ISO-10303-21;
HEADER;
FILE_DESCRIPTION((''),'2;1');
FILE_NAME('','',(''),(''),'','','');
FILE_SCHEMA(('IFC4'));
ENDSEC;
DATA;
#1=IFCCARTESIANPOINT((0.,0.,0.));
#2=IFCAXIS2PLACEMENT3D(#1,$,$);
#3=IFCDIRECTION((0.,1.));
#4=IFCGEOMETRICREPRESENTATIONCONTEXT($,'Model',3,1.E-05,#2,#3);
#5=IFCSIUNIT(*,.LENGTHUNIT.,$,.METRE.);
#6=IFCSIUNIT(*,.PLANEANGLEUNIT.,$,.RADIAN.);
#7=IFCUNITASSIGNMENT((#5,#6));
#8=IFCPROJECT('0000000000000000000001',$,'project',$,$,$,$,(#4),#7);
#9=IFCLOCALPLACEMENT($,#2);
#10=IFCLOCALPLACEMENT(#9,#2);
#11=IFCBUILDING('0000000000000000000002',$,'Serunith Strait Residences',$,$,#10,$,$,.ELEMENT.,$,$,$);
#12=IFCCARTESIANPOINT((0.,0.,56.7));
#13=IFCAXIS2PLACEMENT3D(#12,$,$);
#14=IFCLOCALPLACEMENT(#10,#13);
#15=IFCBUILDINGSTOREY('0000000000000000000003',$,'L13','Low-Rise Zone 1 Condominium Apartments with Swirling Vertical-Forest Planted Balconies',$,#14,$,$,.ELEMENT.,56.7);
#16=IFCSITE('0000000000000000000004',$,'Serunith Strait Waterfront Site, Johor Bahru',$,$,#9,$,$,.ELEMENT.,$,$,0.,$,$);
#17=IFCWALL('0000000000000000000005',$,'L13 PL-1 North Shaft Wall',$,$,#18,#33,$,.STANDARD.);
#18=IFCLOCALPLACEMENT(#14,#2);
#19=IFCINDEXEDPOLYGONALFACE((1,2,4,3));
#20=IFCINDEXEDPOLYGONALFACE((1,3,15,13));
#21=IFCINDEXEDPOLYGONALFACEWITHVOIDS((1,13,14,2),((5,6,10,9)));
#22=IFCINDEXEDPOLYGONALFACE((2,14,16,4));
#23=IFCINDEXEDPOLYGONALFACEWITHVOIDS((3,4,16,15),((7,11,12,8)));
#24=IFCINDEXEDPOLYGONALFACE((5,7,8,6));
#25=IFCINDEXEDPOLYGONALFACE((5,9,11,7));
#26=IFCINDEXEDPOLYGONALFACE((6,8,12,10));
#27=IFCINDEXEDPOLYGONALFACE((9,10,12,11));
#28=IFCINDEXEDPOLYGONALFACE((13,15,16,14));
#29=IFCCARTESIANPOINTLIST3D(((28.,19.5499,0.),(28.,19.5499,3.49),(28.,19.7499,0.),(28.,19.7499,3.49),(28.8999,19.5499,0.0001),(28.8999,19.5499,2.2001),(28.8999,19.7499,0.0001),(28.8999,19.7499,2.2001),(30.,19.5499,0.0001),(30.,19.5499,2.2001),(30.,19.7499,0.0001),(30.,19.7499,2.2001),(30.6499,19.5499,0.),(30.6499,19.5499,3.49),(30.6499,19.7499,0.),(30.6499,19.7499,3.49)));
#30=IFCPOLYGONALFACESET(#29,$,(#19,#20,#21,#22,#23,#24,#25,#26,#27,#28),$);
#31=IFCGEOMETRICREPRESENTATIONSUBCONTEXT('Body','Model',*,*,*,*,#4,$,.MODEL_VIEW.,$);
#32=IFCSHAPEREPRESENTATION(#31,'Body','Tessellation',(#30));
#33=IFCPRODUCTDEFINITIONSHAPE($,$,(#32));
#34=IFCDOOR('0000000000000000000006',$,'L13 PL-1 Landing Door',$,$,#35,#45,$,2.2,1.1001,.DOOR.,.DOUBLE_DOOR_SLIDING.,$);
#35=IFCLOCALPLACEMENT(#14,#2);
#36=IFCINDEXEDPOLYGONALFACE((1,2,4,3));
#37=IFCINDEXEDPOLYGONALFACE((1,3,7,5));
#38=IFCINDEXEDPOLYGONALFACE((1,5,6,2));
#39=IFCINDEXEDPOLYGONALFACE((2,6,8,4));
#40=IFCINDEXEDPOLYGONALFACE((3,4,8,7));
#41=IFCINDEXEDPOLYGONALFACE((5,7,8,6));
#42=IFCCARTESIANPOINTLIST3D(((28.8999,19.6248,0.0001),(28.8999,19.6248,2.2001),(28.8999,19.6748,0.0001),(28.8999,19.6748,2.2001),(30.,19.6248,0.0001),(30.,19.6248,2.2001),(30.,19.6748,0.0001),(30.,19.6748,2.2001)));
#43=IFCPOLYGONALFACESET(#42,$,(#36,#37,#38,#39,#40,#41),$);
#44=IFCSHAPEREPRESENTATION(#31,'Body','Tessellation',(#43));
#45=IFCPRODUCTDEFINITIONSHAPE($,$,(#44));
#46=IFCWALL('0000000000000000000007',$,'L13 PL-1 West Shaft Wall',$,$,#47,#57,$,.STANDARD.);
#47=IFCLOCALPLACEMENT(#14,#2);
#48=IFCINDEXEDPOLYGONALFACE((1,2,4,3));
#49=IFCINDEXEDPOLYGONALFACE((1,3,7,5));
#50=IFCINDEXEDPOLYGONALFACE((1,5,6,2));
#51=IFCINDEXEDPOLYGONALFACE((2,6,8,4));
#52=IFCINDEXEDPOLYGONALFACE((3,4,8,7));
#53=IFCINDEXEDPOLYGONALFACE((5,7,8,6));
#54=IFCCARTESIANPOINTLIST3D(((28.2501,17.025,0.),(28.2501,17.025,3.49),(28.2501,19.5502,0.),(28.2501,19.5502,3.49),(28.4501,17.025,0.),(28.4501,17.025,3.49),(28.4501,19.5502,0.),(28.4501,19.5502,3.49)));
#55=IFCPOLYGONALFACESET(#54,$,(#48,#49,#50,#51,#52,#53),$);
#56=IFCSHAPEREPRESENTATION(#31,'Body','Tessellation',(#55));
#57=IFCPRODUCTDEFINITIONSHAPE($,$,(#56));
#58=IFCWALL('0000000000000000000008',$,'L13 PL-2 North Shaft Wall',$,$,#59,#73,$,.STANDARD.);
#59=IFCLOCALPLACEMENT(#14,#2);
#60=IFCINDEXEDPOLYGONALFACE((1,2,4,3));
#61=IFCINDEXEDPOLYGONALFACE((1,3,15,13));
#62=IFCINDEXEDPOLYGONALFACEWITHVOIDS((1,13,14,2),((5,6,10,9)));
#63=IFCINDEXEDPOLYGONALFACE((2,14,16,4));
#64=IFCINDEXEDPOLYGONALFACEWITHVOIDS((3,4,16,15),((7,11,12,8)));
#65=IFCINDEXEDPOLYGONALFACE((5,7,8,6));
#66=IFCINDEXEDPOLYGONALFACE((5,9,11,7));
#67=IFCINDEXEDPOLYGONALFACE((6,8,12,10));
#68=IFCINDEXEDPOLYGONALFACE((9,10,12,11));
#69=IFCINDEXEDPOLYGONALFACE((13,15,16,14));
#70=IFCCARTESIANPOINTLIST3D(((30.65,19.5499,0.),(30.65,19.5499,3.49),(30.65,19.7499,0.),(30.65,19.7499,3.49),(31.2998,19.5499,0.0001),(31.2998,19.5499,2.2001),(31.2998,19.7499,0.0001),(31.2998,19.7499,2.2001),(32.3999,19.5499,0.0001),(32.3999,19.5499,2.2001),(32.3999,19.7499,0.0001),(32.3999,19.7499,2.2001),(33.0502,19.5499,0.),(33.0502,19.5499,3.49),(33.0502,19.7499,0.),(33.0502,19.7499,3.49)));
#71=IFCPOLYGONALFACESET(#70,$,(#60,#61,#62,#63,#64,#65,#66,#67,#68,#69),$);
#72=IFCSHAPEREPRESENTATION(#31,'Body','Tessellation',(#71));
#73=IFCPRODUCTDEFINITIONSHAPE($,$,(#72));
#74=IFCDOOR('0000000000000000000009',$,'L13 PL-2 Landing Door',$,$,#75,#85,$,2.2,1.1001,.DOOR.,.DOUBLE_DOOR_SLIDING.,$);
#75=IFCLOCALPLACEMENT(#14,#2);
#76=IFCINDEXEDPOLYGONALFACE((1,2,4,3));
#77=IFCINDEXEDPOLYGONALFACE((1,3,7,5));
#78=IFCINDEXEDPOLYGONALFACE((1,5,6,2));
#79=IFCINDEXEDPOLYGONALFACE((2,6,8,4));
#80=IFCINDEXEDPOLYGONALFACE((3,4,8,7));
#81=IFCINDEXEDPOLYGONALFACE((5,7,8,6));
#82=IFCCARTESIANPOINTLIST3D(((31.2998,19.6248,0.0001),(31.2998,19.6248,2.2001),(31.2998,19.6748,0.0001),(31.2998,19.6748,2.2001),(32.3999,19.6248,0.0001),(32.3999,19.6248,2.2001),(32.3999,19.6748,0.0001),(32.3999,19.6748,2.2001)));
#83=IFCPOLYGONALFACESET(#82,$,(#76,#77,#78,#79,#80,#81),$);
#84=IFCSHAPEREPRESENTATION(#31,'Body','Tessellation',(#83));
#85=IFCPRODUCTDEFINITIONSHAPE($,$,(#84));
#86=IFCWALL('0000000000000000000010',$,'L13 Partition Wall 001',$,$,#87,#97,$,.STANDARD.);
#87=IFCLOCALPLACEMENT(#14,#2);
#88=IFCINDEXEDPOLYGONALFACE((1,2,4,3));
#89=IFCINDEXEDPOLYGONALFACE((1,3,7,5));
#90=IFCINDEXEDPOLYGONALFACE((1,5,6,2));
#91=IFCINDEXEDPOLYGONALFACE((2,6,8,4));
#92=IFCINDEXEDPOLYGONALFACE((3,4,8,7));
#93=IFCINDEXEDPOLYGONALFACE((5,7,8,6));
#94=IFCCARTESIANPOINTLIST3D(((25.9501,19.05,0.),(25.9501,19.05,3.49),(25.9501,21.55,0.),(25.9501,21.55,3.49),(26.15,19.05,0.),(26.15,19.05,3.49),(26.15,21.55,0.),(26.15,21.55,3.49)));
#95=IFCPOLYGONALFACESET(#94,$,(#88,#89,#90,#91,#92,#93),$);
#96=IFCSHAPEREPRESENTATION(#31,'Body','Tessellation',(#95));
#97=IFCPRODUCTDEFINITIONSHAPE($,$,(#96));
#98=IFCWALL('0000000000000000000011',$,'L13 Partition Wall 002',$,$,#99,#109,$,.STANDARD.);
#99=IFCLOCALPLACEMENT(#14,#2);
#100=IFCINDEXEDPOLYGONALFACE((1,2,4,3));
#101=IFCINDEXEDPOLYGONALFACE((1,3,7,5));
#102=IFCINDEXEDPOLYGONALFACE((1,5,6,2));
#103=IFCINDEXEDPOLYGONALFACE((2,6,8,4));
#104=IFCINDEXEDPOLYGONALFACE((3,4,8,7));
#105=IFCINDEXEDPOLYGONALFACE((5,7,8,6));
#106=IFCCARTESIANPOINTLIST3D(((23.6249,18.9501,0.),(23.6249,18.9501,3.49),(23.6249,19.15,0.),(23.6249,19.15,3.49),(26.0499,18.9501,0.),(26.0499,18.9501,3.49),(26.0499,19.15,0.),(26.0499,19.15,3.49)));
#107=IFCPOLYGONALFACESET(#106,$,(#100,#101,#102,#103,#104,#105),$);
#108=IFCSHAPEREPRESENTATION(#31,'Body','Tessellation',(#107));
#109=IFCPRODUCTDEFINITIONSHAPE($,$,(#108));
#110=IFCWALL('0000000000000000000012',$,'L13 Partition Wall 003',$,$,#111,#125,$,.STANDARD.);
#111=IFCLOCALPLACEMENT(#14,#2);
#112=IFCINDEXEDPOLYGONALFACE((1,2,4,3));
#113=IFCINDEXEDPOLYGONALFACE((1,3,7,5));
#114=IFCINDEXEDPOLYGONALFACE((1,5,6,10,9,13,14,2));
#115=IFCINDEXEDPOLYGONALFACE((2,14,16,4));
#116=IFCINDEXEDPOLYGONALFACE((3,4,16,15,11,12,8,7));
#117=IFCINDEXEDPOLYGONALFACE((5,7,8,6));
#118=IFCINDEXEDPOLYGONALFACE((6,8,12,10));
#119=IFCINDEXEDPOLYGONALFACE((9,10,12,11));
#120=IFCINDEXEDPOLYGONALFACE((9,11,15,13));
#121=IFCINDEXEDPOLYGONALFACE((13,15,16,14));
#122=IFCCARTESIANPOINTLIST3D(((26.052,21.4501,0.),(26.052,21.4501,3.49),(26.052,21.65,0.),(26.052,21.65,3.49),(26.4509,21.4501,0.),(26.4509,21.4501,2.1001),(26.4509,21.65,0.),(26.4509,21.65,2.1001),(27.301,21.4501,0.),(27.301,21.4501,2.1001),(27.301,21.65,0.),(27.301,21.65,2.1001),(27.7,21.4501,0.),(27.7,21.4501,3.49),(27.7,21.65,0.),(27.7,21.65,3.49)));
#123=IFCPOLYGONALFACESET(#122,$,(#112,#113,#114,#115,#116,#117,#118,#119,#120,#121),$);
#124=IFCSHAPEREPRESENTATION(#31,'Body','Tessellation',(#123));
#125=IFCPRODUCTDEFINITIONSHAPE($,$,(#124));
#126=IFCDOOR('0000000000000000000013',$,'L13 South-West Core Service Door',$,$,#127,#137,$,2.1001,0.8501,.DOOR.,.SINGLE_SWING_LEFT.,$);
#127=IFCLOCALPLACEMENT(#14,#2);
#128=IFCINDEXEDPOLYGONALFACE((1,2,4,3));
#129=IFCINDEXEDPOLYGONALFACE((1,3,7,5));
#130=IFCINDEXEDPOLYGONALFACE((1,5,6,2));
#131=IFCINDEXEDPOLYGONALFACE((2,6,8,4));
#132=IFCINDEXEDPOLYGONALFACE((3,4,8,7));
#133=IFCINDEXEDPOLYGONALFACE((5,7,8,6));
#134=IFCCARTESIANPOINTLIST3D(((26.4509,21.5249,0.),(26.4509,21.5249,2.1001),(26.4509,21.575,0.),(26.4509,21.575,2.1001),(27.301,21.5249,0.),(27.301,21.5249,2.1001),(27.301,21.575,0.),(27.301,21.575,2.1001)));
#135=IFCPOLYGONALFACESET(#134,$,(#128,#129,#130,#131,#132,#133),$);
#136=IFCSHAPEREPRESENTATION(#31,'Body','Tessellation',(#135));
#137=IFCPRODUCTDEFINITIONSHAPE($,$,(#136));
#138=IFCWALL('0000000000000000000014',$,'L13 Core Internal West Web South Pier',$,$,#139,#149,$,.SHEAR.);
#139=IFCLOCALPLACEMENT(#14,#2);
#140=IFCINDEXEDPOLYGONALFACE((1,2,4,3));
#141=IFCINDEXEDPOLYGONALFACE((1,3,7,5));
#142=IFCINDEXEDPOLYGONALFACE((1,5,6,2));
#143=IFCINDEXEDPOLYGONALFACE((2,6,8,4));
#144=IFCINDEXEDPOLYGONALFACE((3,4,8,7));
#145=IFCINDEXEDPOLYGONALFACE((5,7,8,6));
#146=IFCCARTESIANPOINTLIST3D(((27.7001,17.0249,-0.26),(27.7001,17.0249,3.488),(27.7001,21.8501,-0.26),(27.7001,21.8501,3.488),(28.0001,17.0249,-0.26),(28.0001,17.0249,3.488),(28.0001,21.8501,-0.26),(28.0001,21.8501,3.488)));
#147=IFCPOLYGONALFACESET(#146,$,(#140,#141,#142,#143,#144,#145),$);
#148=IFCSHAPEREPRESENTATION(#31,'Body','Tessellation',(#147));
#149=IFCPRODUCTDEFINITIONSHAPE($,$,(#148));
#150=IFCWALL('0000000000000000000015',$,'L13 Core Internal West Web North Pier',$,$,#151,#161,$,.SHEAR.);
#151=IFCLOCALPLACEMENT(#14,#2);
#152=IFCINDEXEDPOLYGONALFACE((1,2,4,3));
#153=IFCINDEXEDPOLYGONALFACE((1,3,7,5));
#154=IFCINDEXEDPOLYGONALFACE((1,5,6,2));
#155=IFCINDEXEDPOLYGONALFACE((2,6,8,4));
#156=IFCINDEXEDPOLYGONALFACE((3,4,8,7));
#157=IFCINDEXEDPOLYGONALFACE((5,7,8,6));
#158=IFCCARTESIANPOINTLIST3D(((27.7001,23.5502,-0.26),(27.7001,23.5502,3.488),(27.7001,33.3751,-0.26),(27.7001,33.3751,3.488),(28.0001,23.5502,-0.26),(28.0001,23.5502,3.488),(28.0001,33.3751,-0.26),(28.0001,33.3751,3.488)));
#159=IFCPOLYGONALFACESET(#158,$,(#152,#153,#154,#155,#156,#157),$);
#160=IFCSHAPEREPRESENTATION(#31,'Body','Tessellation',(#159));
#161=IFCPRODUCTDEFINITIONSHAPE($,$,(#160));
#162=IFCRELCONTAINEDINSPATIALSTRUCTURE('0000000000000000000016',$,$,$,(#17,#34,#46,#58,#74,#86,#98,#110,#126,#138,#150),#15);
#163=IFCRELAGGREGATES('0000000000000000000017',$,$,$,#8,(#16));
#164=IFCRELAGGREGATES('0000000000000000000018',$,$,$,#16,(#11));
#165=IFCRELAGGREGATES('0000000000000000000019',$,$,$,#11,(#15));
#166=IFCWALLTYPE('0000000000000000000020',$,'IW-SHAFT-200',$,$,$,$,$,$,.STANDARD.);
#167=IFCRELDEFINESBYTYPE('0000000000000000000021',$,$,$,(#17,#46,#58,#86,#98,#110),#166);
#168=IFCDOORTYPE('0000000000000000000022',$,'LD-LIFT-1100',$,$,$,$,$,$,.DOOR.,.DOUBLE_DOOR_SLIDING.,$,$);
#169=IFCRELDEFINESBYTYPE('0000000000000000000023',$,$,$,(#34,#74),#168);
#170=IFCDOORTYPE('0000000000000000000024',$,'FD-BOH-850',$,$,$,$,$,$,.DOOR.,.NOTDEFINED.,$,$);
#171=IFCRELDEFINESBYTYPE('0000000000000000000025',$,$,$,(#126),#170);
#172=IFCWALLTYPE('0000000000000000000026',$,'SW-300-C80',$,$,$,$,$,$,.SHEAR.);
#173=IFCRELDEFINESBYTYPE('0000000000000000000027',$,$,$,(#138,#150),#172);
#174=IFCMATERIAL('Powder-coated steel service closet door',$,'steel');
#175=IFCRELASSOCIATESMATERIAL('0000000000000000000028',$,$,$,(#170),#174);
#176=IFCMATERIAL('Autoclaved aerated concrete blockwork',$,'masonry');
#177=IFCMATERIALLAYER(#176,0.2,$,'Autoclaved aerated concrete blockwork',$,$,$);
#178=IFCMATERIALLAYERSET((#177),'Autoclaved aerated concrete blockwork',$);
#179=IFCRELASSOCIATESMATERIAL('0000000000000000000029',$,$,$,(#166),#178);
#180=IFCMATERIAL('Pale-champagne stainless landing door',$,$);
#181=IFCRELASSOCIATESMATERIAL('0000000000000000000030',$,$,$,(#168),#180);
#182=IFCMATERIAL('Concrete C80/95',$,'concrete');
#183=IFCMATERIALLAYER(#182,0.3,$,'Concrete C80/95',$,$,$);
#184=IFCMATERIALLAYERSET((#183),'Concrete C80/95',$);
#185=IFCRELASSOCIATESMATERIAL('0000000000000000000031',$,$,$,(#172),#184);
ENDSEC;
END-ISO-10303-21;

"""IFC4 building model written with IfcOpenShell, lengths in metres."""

from ifc_helpers import new_model, si_unit, direction, frame, frame_2d, origin, place, context, subcontext, project, spatial, rectangle, extrude, source, transform, mapped, material, layer, layer_set, type_object, element, fill, save


model = new_model("IFC4")

# Units and contexts
model_context = context("Model", 3, precision=1e-05, world=origin(), true_north=direction((0.0, 1.0)))
body_context = subcontext(model_context, "Body", "Model", "MODEL_VIEW")
ifc_project = project(units=[si_unit("LENGTHUNIT", "METRE"), si_unit("PLANEANGLEUNIT", "RADIAN")], contexts=[model_context])

# Site, building, storey
site_placement = place(None, origin())
site = spatial("IfcSite", under=ifc_project, at=site_placement, Name="Serunith Strait Waterfront Site, Johor Bahru", CompositionType="ELEMENT", RefElevation=0.0)
building_placement = place(site_placement, origin())
building = spatial("IfcBuilding", under=site, at=building_placement, Name="Serunith Strait Residences", CompositionType="ELEMENT")
storey_placement = place(building_placement, frame((0.0, 0.0, 56.7)))
storey = spatial("IfcBuildingStorey", under=building, at=storey_placement, Name="L13", Description="Low-Rise Zone 1 Condominium Apartments with Swirling Vertical-Forest Planted Balconies", CompositionType="ELEMENT", Elevation=56.7)

# Wall, opening, door
ifc_material_1 = material(Name="Powder-coated steel service closet door", Category="steel")
door_type_1 = type_object("IfcDoorType", Name="FD-BOH-850", OperationType="NOTDEFINED", PredefinedType="DOOR", material=ifc_material_1)
shared_shape_1 = source(origin(), body_context, "Body", "SweptSolid", [
    extrude(rectangle(XDim=0.8501, YDim=2.1001, at=frame_2d((0.425, 1.05))), frame((0.0, 0.0249, 0.0), z_axis=(0.0, -1.0, 0.0), x_axis=(1.0, 0.0, 0.0)), (0.0, 0.0, 1.0), 0.05),
])
ifc_material_2 = material(Name="Autoclaved aerated concrete blockwork", Category="masonry")
ifc_layer_1 = layer(ifc_material_2, 0.2, Name="Autoclaved aerated concrete blockwork")
ifc_layer_set_1 = layer_set([ifc_layer_1], Name="Autoclaved aerated concrete blockwork")
wall_type_1 = type_object("IfcWallType", Name="IW-SHAFT-200", PredefinedType="STANDARD", material=ifc_layer_set_1)
wall_1_placement = place(storey_placement, frame((28.0, 19.6499, 0.0), z_axis=(0.0, 0.0, 1.0), x_axis=(1.0, 0.0, 0.0)))
wall_1 = element("IfcWall", 1, at=wall_1_placement, inside=storey, type_object=wall_type_1, Name="L13 PL-1 North Shaft Wall", PredefinedType="STANDARD", context=body_context, shape_type="SweptSolid", body=[
    extrude(rectangle(XDim=2.6499, YDim=0.2, at=frame_2d((1.325, 0.0))), origin(), (0.0, 0.0, 1.0), 3.49),
])
opening_1_placement = place(wall_1_placement, frame((0.8999, 0.0, 0.0)))
opening_1 = element("IfcOpeningElement", 2, at=opening_1_placement, cuts=wall_1, PredefinedType="OPENING", context=body_context, shape_type="SweptSolid", body=[
    extrude(rectangle(XDim=1.1001, YDim=2.2, at=frame_2d((0.55, 1.1001))), frame((0.0, 0.1099, 0.0), z_axis=(0.0, -1.0, 0.0), x_axis=(1.0, 0.0, 0.0)), (0.0, 0.0, 1.0), 0.22),
])
ifc_material_3 = material(Name="Pale-champagne stainless landing door")
door_type_2 = type_object("IfcDoorType", Name="LD-LIFT-1100", OperationType="DOUBLE_DOOR_SLIDING", PredefinedType="DOOR", material=ifc_material_3)
shared_shape_2 = source(origin(), body_context, "Body", "SweptSolid", [
    extrude(rectangle(XDim=1.1001, YDim=2.2, at=frame_2d((0.55, 1.1001))), frame((0.0, 0.0249, 0.0), z_axis=(0.0, -1.0, 0.0), x_axis=(1.0, 0.0, 0.0)), (0.0, 0.0, 1.0), 0.05),
])
door_1_placement = place(opening_1_placement, origin())
door_1 = element("IfcDoor", 3, at=door_1_placement, inside=storey, type_object=door_type_2, Name="L13 PL-1 Landing Door", OperationType="DOUBLE_DOOR_SLIDING", OverallHeight=2.2, OverallWidth=1.1001, PredefinedType="DOOR", context=body_context, shape_type="MappedRepresentation", body=[
    mapped(shared_shape_2, transform((0.0, 0.0, 0.0), scale=1.0)),
])
fill(opening_1, door_1)

# Wall
wall_2_placement = place(storey_placement, frame((28.3501, 17.0249, 0.0), z_axis=(0.0, 0.0, 1.0), x_axis=(0.0, 1.0, 0.0)))
element("IfcWall", 4, at=wall_2_placement, inside=storey, type_object=wall_type_1, Name="L13 PL-1 West Shaft Wall", PredefinedType="STANDARD", context=body_context, shape_type="SweptSolid", body=[
    extrude(rectangle(XDim=2.5251, YDim=0.2, at=frame_2d((1.2627, 0.0))), origin(), (0.0, 0.0, 1.0), 3.49),
])

# Wall, opening, door
wall_3_placement = place(storey_placement, frame((30.6499, 19.6499, 0.0), z_axis=(0.0, 0.0, 1.0), x_axis=(1.0, 0.0, 0.0)))
wall_3 = element("IfcWall", 5, at=wall_3_placement, inside=storey, type_object=wall_type_1, Name="L13 PL-2 North Shaft Wall", PredefinedType="STANDARD", context=body_context, shape_type="SweptSolid", body=[
    extrude(rectangle(XDim=2.4001, YDim=0.2, at=frame_2d((1.2002, 0.0))), origin(), (0.0, 0.0, 1.0), 3.49),
])
opening_2_placement = place(wall_3_placement, frame((0.6499, 0.0, 0.0)))
opening_2 = element("IfcOpeningElement", 6, at=opening_2_placement, cuts=wall_3, PredefinedType="OPENING", context=body_context, shape_type="SweptSolid", body=[
    extrude(rectangle(XDim=1.1001, YDim=2.2, at=frame_2d((0.55, 1.1001))), frame((0.0, 0.1099, 0.0), z_axis=(0.0, -1.0, 0.0), x_axis=(1.0, 0.0, 0.0)), (0.0, 0.0, 1.0), 0.22),
])
door_2_placement = place(opening_2_placement, origin())
door_2 = element("IfcDoor", 7, at=door_2_placement, inside=storey, type_object=door_type_2, Name="L13 PL-2 Landing Door", OperationType="DOUBLE_DOOR_SLIDING", OverallHeight=2.2, OverallWidth=1.1001, PredefinedType="DOOR", context=body_context, shape_type="MappedRepresentation", body=[
    mapped(shared_shape_2, transform((0.0, 0.0, 0.0), scale=1.0)),
])
fill(opening_2, door_2)

# Walls
wall_4_placement = place(storey_placement, frame((26.05, 19.05, 0.0), z_axis=(0.0, 0.0, 1.0), x_axis=(0.0, 1.0, 0.0)))
element("IfcWall", 8, at=wall_4_placement, inside=storey, type_object=wall_type_1, Name="L13 Partition Wall 001", PredefinedType="STANDARD", context=body_context, shape_type="SweptSolid", body=[
    extrude(rectangle(XDim=2.5, YDim=0.2, at=frame_2d((1.25, 0.0))), origin(), (0.0, 0.0, 1.0), 3.49),
])
wall_5_placement = place(storey_placement, frame((23.625, 19.05, 0.0), z_axis=(0.0, 0.0, 1.0), x_axis=(1.0, 0.0, 0.0)))
element("IfcWall", 9, at=wall_5_placement, inside=storey, type_object=wall_type_1, Name="L13 Partition Wall 002", PredefinedType="STANDARD", context=body_context, shape_type="SweptSolid", body=[
    extrude(rectangle(XDim=2.425, YDim=0.2, at=frame_2d((1.2124, 0.0))), origin(), (0.0, 0.0, 1.0), 3.49),
])

# Wall, opening, door
wall_6_placement = place(storey_placement, frame((26.052, 21.55, 0.0), z_axis=(0.0, 0.0, 1.0), x_axis=(1.0, 0.0, 0.0)))
wall_6 = element("IfcWall", 10, at=wall_6_placement, inside=storey, type_object=wall_type_1, Name="L13 Partition Wall 003", PredefinedType="STANDARD", context=body_context, shape_type="SweptSolid", body=[
    extrude(rectangle(XDim=1.6479, YDim=0.2, at=frame_2d((0.824, 0.0))), origin(), (0.0, 0.0, 1.0), 3.49),
])
opening_3_placement = place(wall_6_placement, frame((0.3989, 0.0, 0.0)))
opening_3 = element("IfcOpeningElement", 11, at=opening_3_placement, cuts=wall_6, PredefinedType="OPENING", context=body_context, shape_type="SweptSolid", body=[
    extrude(rectangle(XDim=0.8501, YDim=2.1001, at=frame_2d((0.425, 1.05))), frame((0.0, 0.1099, 0.0), z_axis=(0.0, -1.0, 0.0), x_axis=(1.0, 0.0, 0.0)), (0.0, 0.0, 1.0), 0.22),
])
door_3_placement = place(opening_3_placement, origin())
door_3 = element("IfcDoor", 12, at=door_3_placement, inside=storey, type_object=door_type_1, Name="L13 South-West Core Service Door", OperationType="SINGLE_SWING_LEFT", OverallHeight=2.1001, OverallWidth=0.8501, PredefinedType="DOOR", context=body_context, shape_type="MappedRepresentation", body=[
    mapped(shared_shape_1, transform((0.0, 0.0, 0.0), scale=1.0)),
])
fill(opening_3, door_3)

# Walls
ifc_material_4 = material(Name="Concrete C80/95", Category="concrete")
ifc_layer_2 = layer(ifc_material_4, 0.3, Name="Concrete C80/95")
ifc_layer_set_2 = layer_set([ifc_layer_2], Name="Concrete C80/95")
wall_type_2 = type_object("IfcWallType", Name="SW-300-C80", PredefinedType="SHEAR", material=ifc_layer_set_2)
wall_7_placement = place(storey_placement, frame((27.8501, 17.0249, -0.26), z_axis=(0.0, 0.0, 1.0), x_axis=(0.0, 1.0, 0.0)))
element("IfcWall", 13, at=wall_7_placement, inside=storey, type_object=wall_type_2, Name="L13 Core Internal West Web South Pier", PredefinedType="SHEAR", context=body_context, shape_type="SweptSolid", body=[
    extrude(rectangle(XDim=4.8252, YDim=0.3, at=frame_2d((2.4126, 0.0))), origin(), (0.0, 0.0, 1.0), 3.748),
])
wall_8_placement = place(storey_placement, frame((27.8501, 23.55, -0.26), z_axis=(0.0, 0.0, 1.0), x_axis=(0.0, 1.0, 0.0)))
element("IfcWall", 14, at=wall_8_placement, inside=storey, type_object=wall_type_2, Name="L13 Core Internal West Web North Pier", PredefinedType="SHEAR", context=body_context, shape_type="SweptSolid", body=[
    extrude(rectangle(XDim=9.825, YDim=0.3, at=frame_2d((4.9126, 0.0))), origin(), (0.0, 0.0, 1.0), 3.748),
])

save(model, "model.ifc")
